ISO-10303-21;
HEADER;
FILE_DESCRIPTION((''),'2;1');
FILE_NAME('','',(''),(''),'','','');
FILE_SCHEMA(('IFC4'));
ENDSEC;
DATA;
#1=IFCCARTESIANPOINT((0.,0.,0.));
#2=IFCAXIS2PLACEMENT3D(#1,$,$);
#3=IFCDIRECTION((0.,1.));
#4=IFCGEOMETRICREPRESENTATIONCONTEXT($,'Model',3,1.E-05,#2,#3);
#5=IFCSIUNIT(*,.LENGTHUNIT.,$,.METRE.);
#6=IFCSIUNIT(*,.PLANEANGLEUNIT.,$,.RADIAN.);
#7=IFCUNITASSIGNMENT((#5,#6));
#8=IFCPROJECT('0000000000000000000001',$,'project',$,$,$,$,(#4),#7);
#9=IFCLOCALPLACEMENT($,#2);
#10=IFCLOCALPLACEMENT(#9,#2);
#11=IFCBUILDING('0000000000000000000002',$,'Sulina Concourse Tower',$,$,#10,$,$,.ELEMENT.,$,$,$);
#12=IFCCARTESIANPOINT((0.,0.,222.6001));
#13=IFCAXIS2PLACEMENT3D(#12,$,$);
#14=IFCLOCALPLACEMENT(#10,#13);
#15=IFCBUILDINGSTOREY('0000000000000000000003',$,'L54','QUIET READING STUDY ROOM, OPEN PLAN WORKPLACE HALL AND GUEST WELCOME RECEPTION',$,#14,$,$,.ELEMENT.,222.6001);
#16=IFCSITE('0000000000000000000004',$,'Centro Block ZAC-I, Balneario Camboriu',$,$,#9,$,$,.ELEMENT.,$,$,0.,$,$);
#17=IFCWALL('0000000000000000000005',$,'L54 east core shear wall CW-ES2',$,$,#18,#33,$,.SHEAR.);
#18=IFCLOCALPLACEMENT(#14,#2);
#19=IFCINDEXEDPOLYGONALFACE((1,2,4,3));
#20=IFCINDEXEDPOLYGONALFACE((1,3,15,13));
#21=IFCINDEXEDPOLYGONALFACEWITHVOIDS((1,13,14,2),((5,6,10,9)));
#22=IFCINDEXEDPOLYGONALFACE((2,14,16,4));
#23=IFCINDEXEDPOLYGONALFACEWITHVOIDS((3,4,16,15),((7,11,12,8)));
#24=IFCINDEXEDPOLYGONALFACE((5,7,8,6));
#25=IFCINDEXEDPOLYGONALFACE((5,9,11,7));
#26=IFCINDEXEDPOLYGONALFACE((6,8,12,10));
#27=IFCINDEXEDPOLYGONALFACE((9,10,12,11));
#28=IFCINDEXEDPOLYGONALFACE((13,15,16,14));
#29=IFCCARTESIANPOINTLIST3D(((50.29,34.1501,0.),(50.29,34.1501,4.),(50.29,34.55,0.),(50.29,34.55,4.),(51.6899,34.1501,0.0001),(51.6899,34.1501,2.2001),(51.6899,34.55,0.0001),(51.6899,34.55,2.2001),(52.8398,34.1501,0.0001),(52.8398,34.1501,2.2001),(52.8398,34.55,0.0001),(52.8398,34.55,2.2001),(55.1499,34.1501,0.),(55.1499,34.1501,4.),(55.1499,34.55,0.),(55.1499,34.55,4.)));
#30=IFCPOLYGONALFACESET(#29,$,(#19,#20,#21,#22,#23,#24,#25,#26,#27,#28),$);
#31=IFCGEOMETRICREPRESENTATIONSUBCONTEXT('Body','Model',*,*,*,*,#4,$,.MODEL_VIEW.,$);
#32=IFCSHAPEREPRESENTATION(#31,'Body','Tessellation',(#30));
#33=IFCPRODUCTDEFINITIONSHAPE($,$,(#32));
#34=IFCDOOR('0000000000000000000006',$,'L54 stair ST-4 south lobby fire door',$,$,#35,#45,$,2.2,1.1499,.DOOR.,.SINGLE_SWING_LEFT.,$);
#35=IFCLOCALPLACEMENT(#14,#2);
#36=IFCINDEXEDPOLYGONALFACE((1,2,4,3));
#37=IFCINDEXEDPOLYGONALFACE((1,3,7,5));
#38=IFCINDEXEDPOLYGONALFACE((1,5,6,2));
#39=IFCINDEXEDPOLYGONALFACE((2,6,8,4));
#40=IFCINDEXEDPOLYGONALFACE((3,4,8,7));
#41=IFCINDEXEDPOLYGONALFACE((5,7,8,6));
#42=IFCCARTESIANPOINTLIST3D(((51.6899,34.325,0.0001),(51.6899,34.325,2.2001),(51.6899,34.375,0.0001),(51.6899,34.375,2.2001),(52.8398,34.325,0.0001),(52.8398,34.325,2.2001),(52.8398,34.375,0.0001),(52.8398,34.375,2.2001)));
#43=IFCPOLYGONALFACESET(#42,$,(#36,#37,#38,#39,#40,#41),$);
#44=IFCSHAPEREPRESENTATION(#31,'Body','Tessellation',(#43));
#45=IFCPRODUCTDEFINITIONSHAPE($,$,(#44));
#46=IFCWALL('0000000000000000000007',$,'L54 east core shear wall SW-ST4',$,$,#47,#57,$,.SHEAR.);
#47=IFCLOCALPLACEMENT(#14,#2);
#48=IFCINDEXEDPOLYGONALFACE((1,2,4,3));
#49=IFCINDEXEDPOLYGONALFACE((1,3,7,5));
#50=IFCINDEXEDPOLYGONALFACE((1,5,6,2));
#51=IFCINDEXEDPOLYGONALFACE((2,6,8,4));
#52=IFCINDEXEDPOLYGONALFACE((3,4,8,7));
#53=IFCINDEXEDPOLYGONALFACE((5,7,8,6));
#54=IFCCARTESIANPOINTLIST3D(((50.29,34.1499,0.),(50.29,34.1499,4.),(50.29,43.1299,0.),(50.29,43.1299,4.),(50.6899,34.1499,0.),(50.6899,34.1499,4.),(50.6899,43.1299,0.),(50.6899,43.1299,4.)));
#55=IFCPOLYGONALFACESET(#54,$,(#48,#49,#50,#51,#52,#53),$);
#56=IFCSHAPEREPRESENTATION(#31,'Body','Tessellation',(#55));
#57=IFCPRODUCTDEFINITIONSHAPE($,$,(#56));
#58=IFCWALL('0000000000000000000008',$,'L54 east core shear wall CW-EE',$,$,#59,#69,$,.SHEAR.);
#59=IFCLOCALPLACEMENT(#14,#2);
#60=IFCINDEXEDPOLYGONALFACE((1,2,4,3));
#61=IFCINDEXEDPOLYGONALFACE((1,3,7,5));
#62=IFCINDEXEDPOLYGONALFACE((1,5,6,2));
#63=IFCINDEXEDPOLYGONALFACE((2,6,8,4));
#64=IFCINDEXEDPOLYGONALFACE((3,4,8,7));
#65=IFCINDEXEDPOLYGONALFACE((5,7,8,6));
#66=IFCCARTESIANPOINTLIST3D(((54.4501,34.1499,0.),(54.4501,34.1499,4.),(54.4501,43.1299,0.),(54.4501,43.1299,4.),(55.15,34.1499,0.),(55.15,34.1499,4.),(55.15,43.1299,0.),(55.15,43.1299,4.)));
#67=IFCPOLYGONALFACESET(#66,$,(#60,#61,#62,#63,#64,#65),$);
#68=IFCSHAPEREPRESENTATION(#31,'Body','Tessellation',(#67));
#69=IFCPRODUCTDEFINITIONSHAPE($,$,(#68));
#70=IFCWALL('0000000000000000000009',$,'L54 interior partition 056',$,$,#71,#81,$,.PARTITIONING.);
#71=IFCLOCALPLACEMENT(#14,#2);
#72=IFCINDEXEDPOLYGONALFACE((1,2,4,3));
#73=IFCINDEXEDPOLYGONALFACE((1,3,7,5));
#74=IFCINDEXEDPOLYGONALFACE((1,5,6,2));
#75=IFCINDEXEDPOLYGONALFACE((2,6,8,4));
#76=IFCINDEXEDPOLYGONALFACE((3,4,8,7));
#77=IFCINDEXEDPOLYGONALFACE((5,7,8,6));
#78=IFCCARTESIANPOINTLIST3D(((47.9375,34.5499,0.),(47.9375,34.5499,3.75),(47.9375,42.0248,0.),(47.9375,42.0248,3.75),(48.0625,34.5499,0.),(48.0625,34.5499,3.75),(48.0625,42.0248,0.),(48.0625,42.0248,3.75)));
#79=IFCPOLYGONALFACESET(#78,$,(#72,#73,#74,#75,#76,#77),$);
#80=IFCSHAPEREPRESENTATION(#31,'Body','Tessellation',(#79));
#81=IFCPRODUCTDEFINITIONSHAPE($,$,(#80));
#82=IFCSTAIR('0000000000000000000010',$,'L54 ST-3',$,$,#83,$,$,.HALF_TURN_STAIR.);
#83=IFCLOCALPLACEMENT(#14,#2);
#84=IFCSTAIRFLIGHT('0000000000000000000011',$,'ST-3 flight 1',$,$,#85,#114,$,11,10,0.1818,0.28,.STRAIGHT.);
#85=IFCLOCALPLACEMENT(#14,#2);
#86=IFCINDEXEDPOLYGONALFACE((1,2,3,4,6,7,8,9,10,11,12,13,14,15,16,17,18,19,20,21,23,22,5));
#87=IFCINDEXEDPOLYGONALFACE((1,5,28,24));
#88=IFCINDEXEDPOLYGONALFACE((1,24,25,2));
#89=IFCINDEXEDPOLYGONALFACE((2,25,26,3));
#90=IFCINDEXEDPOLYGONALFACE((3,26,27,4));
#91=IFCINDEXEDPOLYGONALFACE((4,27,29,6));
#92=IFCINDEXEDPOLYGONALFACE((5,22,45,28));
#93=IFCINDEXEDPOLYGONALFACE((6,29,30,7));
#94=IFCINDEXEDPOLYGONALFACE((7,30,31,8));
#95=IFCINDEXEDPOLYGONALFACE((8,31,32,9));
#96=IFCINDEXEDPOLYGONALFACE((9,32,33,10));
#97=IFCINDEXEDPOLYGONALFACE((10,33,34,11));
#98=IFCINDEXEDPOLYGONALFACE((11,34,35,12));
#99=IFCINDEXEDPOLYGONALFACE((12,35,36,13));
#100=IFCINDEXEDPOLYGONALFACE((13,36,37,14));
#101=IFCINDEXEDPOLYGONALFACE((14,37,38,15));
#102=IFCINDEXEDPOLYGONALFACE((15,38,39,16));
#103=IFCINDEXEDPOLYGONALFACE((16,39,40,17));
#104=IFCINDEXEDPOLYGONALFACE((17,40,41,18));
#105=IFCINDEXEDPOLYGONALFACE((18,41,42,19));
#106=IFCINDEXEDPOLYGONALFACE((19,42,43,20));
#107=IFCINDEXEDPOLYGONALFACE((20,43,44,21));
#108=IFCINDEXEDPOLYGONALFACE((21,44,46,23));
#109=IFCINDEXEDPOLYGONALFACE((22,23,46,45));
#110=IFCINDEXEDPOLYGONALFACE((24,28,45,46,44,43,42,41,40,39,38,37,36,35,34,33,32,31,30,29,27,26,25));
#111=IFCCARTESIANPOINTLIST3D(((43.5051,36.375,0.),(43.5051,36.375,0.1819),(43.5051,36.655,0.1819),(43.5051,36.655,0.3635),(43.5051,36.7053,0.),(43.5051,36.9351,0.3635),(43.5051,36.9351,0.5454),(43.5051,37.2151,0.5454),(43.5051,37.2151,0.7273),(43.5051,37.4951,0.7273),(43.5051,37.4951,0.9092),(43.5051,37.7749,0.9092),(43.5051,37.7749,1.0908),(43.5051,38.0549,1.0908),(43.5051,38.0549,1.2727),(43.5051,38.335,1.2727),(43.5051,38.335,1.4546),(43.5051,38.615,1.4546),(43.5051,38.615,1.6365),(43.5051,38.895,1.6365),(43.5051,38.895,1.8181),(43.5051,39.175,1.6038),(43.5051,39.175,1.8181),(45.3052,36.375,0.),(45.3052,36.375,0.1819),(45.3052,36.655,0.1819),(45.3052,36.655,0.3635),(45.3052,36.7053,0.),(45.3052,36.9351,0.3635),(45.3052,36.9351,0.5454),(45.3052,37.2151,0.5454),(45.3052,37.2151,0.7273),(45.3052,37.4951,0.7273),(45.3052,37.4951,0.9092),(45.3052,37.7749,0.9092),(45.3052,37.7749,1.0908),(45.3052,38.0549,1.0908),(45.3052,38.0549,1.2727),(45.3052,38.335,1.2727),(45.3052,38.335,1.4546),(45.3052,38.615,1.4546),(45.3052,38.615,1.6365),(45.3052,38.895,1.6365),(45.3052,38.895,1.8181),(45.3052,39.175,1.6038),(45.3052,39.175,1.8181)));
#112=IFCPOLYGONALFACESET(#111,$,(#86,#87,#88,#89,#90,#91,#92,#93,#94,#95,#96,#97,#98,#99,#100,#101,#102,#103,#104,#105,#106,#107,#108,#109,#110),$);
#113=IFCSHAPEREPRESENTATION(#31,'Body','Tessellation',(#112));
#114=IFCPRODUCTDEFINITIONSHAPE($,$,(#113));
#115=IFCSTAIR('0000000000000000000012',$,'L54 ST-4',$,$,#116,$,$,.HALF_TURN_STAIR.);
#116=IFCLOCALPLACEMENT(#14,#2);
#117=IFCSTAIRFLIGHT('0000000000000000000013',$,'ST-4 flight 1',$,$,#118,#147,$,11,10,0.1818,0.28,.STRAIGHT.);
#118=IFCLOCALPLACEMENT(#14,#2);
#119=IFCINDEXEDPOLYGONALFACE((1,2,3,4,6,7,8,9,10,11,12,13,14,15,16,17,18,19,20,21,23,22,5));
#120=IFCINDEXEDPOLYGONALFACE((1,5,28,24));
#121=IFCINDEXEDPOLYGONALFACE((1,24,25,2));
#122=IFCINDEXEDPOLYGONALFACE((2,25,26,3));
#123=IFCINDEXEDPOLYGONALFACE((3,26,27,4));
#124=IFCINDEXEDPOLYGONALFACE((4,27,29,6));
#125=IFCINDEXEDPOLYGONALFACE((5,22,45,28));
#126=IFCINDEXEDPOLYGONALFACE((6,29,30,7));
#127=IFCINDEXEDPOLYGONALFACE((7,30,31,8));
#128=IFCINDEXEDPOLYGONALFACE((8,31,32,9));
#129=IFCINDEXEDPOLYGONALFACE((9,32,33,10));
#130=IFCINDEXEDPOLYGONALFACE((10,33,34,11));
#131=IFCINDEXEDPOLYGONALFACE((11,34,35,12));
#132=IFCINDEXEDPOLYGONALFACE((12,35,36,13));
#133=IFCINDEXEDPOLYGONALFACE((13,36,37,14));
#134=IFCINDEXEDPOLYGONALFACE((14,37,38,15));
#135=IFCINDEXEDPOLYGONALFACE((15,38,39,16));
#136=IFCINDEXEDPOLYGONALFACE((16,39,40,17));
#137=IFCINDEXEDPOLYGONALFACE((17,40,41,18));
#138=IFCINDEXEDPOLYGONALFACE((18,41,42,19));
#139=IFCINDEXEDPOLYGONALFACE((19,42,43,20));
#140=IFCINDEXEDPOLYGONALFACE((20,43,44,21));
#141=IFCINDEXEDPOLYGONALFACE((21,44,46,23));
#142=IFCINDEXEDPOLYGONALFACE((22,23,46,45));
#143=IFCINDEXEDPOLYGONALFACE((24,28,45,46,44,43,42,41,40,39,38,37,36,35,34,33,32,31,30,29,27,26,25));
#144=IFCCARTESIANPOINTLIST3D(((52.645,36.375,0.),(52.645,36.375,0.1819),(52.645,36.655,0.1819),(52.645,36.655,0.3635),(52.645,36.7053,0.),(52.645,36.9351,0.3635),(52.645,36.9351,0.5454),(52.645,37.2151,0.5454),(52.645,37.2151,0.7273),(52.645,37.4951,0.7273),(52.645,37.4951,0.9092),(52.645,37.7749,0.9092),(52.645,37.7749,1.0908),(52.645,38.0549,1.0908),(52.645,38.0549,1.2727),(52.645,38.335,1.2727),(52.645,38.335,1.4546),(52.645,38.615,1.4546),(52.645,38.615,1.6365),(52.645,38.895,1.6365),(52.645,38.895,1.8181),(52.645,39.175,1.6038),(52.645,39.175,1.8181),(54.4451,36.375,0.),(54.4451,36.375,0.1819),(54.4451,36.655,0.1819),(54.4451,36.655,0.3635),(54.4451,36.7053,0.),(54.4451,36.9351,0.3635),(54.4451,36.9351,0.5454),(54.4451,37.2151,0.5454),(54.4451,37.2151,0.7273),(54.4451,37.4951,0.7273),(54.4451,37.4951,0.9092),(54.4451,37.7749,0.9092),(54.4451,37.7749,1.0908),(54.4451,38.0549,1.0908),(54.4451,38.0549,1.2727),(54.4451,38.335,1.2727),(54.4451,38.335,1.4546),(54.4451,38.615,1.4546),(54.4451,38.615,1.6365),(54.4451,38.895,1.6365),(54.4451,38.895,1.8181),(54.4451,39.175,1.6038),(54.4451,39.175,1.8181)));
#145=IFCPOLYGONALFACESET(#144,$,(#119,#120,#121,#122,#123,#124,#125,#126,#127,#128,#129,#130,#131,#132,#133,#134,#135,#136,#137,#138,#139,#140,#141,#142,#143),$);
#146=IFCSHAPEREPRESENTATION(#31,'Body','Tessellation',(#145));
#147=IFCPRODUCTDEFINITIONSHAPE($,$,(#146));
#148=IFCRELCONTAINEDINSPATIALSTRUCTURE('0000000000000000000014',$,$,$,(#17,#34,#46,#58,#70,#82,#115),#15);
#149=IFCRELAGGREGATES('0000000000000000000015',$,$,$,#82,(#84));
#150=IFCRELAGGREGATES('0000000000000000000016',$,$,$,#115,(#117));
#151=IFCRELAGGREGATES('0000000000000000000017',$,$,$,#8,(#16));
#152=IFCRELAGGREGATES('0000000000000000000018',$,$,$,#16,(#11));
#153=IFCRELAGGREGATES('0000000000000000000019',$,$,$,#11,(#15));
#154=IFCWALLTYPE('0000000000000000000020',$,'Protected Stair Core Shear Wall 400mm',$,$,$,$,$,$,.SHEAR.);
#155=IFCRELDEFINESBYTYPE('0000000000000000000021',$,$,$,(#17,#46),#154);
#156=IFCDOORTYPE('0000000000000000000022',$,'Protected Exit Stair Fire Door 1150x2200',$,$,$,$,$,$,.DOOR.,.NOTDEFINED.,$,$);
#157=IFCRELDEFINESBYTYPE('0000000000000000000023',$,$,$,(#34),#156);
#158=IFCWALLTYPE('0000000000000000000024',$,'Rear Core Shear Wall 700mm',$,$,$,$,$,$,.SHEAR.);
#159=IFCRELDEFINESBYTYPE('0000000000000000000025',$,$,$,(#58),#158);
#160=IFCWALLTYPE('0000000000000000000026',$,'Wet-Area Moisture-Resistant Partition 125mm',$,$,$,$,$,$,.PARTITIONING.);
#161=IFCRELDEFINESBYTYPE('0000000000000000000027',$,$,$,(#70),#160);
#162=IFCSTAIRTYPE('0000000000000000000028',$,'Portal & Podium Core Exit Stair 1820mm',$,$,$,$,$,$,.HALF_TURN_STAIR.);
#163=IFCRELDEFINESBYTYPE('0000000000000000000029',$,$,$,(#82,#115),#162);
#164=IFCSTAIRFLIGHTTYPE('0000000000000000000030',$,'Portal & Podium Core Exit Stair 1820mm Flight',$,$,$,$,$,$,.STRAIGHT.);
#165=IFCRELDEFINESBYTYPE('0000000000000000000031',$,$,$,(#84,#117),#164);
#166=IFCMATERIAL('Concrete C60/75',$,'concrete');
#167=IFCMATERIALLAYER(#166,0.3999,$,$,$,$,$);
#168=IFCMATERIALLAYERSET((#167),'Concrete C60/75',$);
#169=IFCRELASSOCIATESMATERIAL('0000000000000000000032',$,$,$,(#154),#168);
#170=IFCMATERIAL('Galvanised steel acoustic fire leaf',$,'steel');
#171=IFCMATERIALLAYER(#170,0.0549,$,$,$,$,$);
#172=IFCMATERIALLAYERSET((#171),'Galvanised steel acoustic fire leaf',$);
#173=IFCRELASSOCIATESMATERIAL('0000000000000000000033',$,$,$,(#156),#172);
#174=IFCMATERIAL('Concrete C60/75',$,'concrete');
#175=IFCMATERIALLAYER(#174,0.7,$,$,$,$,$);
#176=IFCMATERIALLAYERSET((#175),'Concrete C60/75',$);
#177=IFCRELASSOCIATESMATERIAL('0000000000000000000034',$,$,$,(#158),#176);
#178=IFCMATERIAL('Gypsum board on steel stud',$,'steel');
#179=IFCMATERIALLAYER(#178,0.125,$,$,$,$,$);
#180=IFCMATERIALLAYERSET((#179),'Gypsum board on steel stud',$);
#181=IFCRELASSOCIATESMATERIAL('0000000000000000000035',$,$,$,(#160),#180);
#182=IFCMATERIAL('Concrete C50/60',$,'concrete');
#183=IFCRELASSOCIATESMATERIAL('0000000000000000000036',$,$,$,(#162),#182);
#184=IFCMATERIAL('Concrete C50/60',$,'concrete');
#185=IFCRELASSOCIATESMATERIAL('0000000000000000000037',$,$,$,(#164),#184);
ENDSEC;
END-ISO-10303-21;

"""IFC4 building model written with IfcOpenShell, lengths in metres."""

from ifc_helpers import new_model, si_unit, direction, frame, frame_2d, origin, place, context, subcontext, project, spatial, polyline, rectangle, outline, extrude, material, layer, layer_set, type_object, element, fill, aggregate, save


model = new_model("IFC4")

# Units and contexts
model_context = context("Model", 3, precision=1e-05, world=origin(), true_north=direction((0.0, 1.0)))
body_context = subcontext(model_context, "Body", "Model", "MODEL_VIEW")
ifc_project = project(units=[si_unit("LENGTHUNIT", "METRE"), si_unit("PLANEANGLEUNIT", "RADIAN")], contexts=[model_context])

# Site, building, storey
site_placement = place(None, origin())
site = spatial("IfcSite", under=ifc_project, at=site_placement, Name="Centro Block ZAC-I, Balneario Camboriu", CompositionType="ELEMENT", RefElevation=0.0)
building_placement = place(site_placement, origin())
building = spatial("IfcBuilding", under=site, at=building_placement, Name="Sulina Concourse Tower", CompositionType="ELEMENT")
storey_placement = place(building_placement, frame((0.0, 0.0, 222.6001)))
storey = spatial("IfcBuildingStorey", under=building, at=storey_placement, Name="L54", Description="QUIET READING STUDY ROOM, OPEN PLAN WORKPLACE HALL AND GUEST WELCOME RECEPTION", CompositionType="ELEMENT", Elevation=222.6001)

# Shared definitions
ifc_material_1 = material(Name="Concrete C60/75", Category="concrete")
ifc_layer_1 = layer(ifc_material_1, 0.3999)
ifc_layer_set_1 = layer_set([ifc_layer_1], Name="Concrete C60/75")
wall_type_1 = type_object("IfcWallType", Name="Protected Stair Core Shear Wall 400mm", PredefinedType="SHEAR", material=ifc_layer_set_1)

# Wall, opening, door
wall_1_placement = place(storey_placement, frame((50.29, 34.3501, 0.0), z_axis=(0.0, 0.0, 1.0), x_axis=(1.0, 0.0, 0.0)))
wall_1 = element("IfcWall", 1, at=wall_1_placement, inside=storey, type_object=wall_type_1, Name="L54 east core shear wall CW-ES2", PredefinedType="SHEAR", context=body_context, shape_type="SweptSolid", body=[
    extrude(rectangle(XDim=4.8599, YDim=0.3999, at=frame_2d((2.4299, 0.0))), origin(), (0.0, 0.0, 1.0), 4.0),
])
opening_1_placement = place(wall_1_placement, frame((1.3999, 0.0, 0.0)))
opening_1 = element("IfcOpeningElement", 2, at=opening_1_placement, cuts=wall_1, PredefinedType="OPENING", context=body_context, shape_type="SweptSolid", body=[
    extrude(rectangle(XDim=1.1499, YDim=2.2, at=frame_2d((0.575, 1.1001))), frame((0.0, 0.21, 0.0), z_axis=(0.0, -1.0, 0.0), x_axis=(1.0, 0.0, 0.0)), (0.0, 0.0, 1.0), 0.4199),
])
ifc_material_2 = material(Name="Galvanised steel acoustic fire leaf", Category="steel")
ifc_layer_2 = layer(ifc_material_2, 0.0549)
ifc_layer_set_2 = layer_set([ifc_layer_2], Name="Galvanised steel acoustic fire leaf")
door_type_1 = type_object("IfcDoorType", Name="Protected Exit Stair Fire Door 1150x2200", OperationType="NOTDEFINED", PredefinedType="DOOR", material=ifc_layer_set_2)
door_1_placement = place(opening_1_placement, origin())
door_1 = element("IfcDoor", 3, at=door_1_placement, inside=storey, type_object=door_type_1, Name="L54 stair ST-4 south lobby fire door", OperationType="SINGLE_SWING_LEFT", OverallHeight=2.2, OverallWidth=1.1499, PredefinedType="DOOR", context=body_context, shape_type="SweptSolid", body=[
    extrude(rectangle(XDim=1.1499, YDim=2.2, at=frame_2d((0.575, 1.1001))), frame((0.0, 0.0249, 0.0), z_axis=(0.0, -1.0, 0.0), x_axis=(1.0, 0.0, 0.0)), (0.0, 0.0, 1.0), 0.05),
])
fill(opening_1, door_1)

# Walls
wall_2_placement = place(storey_placement, frame((50.49, 34.1499, 0.0), z_axis=(0.0, 0.0, 1.0), x_axis=(0.0, 1.0, 0.0)))
element("IfcWall", 4, at=wall_2_placement, inside=storey, type_object=wall_type_1, Name="L54 east core shear wall SW-ST4", PredefinedType="SHEAR", context=body_context, shape_type="SweptSolid", body=[
    extrude(rectangle(XDim=8.98, YDim=0.3999, at=frame_2d((4.49, 0.0))), origin(), (0.0, 0.0, 1.0), 4.0),
])
ifc_material_3 = material(Name="Concrete C60/75", Category="concrete")
ifc_layer_3 = layer(ifc_material_3, 0.7)
ifc_layer_set_3 = layer_set([ifc_layer_3], Name="Concrete C60/75")
wall_type_2 = type_object("IfcWallType", Name="Rear Core Shear Wall 700mm", PredefinedType="SHEAR", material=ifc_layer_set_3)
wall_3_placement = place(storey_placement, frame((54.8, 34.1499, 0.0), z_axis=(0.0, 0.0, 1.0), x_axis=(0.0, 1.0, 0.0)))
element("IfcWall", 5, at=wall_3_placement, inside=storey, type_object=wall_type_2, Name="L54 east core shear wall CW-EE", PredefinedType="SHEAR", context=body_context, shape_type="SweptSolid", body=[
    extrude(rectangle(XDim=8.98, YDim=0.7, at=frame_2d((4.49, 0.0))), origin(), (0.0, 0.0, 1.0), 4.0),
])
ifc_material_4 = material(Name="Gypsum board on steel stud", Category="steel")
ifc_layer_4 = layer(ifc_material_4, 0.125)
ifc_layer_set_4 = layer_set([ifc_layer_4], Name="Gypsum board on steel stud")
wall_type_3 = type_object("IfcWallType", Name="Wet-Area Moisture-Resistant Partition 125mm", PredefinedType="PARTITIONING", material=ifc_layer_set_4)
wall_4_placement = place(storey_placement, frame((48.0, 34.55, 0.0), z_axis=(0.0, 0.0, 1.0), x_axis=(0.0, 1.0, 0.0)))
element("IfcWall", 6, at=wall_4_placement, inside=storey, type_object=wall_type_3, Name="L54 interior partition 056", PredefinedType="PARTITIONING", context=body_context, shape_type="SweptSolid", body=[
    extrude(rectangle(XDim=7.4749, YDim=0.125, at=frame_2d((3.7373, 0.0))), origin(), (0.0, 0.0, 1.0), 3.75),
])

# Stairs, stair flights
ifc_material_5 = material(Name="Concrete C50/60", Category="concrete")
stair_type = type_object("IfcStairType", Name="Portal & Podium Core Exit Stair 1820mm", PredefinedType="HALF_TURN_STAIR", material=ifc_material_5)
stair_1_placement = place(storey_placement, origin())
stair_1 = element("IfcStair", 7, at=stair_1_placement, inside=storey, type_object=stair_type, Name="L54 ST-3", PredefinedType="HALF_TURN_STAIR")
ifc_material_6 = material(Name="Concrete C50/60", Category="concrete")
stair_flight_type = type_object("IfcStairFlightType", Name="Portal & Podium Core Exit Stair 1820mm Flight", PredefinedType="STRAIGHT", material=ifc_material_6)
stair_flight_1_placement = place(storey_placement, frame((44.405, 36.375, 0.0), z_axis=(0.0, 0.0, 1.0), x_axis=(0.0, 1.0, 0.0)))
stair_flight_1 = element("IfcStairFlight", 8, at=stair_flight_1_placement, type_object=stair_flight_type, Name="ST-3 flight 1", NumberOfRisers=11, NumberOfTreads=10, PredefinedType="STRAIGHT", RiserHeight=0.1818, TreadLength=0.28, context=body_context, shape_type="SweptSolid", body=[
    extrude(outline(polyline([(0.0, 0.0), (0.0, 0.1819), (0.28, 0.1819), (0.28, 0.3635), (0.5601, 0.3635), (0.5601, 0.5454), (0.8401, 0.5454), (0.8401, 0.7273), (1.1201, 0.7273), (1.1201, 0.9092), (1.3999, 0.9092), (1.3999, 1.0908), (1.6799, 1.0908), (1.6799, 1.2727), (1.96, 1.2727), (1.96, 1.4546), (2.24, 1.4546), (2.24, 1.6365), (2.52, 1.6365), (2.52, 1.8181), (2.8, 1.8181), (2.8, 2.0), (2.8, 1.6038), (0.3303, 0.0), (0.0, 0.0)])), frame((0.0, 0.8999, 0.0), z_axis=(0.0, -1.0, 0.0), x_axis=(1.0, 0.0, 0.0)), (0.0, 0.0, 1.0), 1.8),
])
aggregate(stair_1, [stair_flight_1])
stair_2_placement = place(storey_placement, origin())
stair_2 = element("IfcStair", 9, at=stair_2_placement, inside=storey, type_object=stair_type, Name="L54 ST-4", PredefinedType="HALF_TURN_STAIR")
stair_flight_2_placement = place(storey_placement, frame((53.5449, 36.375, 0.0), z_axis=(0.0, 0.0, 1.0), x_axis=(0.0, 1.0, 0.0)))
stair_flight_2 = element("IfcStairFlight", 10, at=stair_flight_2_placement, type_object=stair_flight_type, Name="ST-4 flight 1", NumberOfRisers=11, NumberOfTreads=10, PredefinedType="STRAIGHT", RiserHeight=0.1818, TreadLength=0.28, context=body_context, shape_type="SweptSolid", body=[
    extrude(outline(polyline([(0.0, 0.0), (0.0, 0.1819), (0.28, 0.1819), (0.28, 0.3635), (0.5601, 0.3635), (0.5601, 0.5454), (0.8401, 0.5454), (0.8401, 0.7273), (1.1201, 0.7273), (1.1201, 0.9092), (1.3999, 0.9092), (1.3999, 1.0908), (1.6799, 1.0908), (1.6799, 1.2727), (1.96, 1.2727), (1.96, 1.4546), (2.24, 1.4546), (2.24, 1.6365), (2.52, 1.6365), (2.52, 1.8181), (2.8, 1.8181), (2.8, 2.0), (2.8, 1.6038), (0.3303, 0.0), (0.0, 0.0)])), frame((0.0, 0.8999, 0.0), z_axis=(0.0, -1.0, 0.0), x_axis=(1.0, 0.0, 0.0)), (0.0, 0.0, 1.0), 1.8),
])
aggregate(stair_2, [stair_flight_2])

save(model, "model.ifc")
